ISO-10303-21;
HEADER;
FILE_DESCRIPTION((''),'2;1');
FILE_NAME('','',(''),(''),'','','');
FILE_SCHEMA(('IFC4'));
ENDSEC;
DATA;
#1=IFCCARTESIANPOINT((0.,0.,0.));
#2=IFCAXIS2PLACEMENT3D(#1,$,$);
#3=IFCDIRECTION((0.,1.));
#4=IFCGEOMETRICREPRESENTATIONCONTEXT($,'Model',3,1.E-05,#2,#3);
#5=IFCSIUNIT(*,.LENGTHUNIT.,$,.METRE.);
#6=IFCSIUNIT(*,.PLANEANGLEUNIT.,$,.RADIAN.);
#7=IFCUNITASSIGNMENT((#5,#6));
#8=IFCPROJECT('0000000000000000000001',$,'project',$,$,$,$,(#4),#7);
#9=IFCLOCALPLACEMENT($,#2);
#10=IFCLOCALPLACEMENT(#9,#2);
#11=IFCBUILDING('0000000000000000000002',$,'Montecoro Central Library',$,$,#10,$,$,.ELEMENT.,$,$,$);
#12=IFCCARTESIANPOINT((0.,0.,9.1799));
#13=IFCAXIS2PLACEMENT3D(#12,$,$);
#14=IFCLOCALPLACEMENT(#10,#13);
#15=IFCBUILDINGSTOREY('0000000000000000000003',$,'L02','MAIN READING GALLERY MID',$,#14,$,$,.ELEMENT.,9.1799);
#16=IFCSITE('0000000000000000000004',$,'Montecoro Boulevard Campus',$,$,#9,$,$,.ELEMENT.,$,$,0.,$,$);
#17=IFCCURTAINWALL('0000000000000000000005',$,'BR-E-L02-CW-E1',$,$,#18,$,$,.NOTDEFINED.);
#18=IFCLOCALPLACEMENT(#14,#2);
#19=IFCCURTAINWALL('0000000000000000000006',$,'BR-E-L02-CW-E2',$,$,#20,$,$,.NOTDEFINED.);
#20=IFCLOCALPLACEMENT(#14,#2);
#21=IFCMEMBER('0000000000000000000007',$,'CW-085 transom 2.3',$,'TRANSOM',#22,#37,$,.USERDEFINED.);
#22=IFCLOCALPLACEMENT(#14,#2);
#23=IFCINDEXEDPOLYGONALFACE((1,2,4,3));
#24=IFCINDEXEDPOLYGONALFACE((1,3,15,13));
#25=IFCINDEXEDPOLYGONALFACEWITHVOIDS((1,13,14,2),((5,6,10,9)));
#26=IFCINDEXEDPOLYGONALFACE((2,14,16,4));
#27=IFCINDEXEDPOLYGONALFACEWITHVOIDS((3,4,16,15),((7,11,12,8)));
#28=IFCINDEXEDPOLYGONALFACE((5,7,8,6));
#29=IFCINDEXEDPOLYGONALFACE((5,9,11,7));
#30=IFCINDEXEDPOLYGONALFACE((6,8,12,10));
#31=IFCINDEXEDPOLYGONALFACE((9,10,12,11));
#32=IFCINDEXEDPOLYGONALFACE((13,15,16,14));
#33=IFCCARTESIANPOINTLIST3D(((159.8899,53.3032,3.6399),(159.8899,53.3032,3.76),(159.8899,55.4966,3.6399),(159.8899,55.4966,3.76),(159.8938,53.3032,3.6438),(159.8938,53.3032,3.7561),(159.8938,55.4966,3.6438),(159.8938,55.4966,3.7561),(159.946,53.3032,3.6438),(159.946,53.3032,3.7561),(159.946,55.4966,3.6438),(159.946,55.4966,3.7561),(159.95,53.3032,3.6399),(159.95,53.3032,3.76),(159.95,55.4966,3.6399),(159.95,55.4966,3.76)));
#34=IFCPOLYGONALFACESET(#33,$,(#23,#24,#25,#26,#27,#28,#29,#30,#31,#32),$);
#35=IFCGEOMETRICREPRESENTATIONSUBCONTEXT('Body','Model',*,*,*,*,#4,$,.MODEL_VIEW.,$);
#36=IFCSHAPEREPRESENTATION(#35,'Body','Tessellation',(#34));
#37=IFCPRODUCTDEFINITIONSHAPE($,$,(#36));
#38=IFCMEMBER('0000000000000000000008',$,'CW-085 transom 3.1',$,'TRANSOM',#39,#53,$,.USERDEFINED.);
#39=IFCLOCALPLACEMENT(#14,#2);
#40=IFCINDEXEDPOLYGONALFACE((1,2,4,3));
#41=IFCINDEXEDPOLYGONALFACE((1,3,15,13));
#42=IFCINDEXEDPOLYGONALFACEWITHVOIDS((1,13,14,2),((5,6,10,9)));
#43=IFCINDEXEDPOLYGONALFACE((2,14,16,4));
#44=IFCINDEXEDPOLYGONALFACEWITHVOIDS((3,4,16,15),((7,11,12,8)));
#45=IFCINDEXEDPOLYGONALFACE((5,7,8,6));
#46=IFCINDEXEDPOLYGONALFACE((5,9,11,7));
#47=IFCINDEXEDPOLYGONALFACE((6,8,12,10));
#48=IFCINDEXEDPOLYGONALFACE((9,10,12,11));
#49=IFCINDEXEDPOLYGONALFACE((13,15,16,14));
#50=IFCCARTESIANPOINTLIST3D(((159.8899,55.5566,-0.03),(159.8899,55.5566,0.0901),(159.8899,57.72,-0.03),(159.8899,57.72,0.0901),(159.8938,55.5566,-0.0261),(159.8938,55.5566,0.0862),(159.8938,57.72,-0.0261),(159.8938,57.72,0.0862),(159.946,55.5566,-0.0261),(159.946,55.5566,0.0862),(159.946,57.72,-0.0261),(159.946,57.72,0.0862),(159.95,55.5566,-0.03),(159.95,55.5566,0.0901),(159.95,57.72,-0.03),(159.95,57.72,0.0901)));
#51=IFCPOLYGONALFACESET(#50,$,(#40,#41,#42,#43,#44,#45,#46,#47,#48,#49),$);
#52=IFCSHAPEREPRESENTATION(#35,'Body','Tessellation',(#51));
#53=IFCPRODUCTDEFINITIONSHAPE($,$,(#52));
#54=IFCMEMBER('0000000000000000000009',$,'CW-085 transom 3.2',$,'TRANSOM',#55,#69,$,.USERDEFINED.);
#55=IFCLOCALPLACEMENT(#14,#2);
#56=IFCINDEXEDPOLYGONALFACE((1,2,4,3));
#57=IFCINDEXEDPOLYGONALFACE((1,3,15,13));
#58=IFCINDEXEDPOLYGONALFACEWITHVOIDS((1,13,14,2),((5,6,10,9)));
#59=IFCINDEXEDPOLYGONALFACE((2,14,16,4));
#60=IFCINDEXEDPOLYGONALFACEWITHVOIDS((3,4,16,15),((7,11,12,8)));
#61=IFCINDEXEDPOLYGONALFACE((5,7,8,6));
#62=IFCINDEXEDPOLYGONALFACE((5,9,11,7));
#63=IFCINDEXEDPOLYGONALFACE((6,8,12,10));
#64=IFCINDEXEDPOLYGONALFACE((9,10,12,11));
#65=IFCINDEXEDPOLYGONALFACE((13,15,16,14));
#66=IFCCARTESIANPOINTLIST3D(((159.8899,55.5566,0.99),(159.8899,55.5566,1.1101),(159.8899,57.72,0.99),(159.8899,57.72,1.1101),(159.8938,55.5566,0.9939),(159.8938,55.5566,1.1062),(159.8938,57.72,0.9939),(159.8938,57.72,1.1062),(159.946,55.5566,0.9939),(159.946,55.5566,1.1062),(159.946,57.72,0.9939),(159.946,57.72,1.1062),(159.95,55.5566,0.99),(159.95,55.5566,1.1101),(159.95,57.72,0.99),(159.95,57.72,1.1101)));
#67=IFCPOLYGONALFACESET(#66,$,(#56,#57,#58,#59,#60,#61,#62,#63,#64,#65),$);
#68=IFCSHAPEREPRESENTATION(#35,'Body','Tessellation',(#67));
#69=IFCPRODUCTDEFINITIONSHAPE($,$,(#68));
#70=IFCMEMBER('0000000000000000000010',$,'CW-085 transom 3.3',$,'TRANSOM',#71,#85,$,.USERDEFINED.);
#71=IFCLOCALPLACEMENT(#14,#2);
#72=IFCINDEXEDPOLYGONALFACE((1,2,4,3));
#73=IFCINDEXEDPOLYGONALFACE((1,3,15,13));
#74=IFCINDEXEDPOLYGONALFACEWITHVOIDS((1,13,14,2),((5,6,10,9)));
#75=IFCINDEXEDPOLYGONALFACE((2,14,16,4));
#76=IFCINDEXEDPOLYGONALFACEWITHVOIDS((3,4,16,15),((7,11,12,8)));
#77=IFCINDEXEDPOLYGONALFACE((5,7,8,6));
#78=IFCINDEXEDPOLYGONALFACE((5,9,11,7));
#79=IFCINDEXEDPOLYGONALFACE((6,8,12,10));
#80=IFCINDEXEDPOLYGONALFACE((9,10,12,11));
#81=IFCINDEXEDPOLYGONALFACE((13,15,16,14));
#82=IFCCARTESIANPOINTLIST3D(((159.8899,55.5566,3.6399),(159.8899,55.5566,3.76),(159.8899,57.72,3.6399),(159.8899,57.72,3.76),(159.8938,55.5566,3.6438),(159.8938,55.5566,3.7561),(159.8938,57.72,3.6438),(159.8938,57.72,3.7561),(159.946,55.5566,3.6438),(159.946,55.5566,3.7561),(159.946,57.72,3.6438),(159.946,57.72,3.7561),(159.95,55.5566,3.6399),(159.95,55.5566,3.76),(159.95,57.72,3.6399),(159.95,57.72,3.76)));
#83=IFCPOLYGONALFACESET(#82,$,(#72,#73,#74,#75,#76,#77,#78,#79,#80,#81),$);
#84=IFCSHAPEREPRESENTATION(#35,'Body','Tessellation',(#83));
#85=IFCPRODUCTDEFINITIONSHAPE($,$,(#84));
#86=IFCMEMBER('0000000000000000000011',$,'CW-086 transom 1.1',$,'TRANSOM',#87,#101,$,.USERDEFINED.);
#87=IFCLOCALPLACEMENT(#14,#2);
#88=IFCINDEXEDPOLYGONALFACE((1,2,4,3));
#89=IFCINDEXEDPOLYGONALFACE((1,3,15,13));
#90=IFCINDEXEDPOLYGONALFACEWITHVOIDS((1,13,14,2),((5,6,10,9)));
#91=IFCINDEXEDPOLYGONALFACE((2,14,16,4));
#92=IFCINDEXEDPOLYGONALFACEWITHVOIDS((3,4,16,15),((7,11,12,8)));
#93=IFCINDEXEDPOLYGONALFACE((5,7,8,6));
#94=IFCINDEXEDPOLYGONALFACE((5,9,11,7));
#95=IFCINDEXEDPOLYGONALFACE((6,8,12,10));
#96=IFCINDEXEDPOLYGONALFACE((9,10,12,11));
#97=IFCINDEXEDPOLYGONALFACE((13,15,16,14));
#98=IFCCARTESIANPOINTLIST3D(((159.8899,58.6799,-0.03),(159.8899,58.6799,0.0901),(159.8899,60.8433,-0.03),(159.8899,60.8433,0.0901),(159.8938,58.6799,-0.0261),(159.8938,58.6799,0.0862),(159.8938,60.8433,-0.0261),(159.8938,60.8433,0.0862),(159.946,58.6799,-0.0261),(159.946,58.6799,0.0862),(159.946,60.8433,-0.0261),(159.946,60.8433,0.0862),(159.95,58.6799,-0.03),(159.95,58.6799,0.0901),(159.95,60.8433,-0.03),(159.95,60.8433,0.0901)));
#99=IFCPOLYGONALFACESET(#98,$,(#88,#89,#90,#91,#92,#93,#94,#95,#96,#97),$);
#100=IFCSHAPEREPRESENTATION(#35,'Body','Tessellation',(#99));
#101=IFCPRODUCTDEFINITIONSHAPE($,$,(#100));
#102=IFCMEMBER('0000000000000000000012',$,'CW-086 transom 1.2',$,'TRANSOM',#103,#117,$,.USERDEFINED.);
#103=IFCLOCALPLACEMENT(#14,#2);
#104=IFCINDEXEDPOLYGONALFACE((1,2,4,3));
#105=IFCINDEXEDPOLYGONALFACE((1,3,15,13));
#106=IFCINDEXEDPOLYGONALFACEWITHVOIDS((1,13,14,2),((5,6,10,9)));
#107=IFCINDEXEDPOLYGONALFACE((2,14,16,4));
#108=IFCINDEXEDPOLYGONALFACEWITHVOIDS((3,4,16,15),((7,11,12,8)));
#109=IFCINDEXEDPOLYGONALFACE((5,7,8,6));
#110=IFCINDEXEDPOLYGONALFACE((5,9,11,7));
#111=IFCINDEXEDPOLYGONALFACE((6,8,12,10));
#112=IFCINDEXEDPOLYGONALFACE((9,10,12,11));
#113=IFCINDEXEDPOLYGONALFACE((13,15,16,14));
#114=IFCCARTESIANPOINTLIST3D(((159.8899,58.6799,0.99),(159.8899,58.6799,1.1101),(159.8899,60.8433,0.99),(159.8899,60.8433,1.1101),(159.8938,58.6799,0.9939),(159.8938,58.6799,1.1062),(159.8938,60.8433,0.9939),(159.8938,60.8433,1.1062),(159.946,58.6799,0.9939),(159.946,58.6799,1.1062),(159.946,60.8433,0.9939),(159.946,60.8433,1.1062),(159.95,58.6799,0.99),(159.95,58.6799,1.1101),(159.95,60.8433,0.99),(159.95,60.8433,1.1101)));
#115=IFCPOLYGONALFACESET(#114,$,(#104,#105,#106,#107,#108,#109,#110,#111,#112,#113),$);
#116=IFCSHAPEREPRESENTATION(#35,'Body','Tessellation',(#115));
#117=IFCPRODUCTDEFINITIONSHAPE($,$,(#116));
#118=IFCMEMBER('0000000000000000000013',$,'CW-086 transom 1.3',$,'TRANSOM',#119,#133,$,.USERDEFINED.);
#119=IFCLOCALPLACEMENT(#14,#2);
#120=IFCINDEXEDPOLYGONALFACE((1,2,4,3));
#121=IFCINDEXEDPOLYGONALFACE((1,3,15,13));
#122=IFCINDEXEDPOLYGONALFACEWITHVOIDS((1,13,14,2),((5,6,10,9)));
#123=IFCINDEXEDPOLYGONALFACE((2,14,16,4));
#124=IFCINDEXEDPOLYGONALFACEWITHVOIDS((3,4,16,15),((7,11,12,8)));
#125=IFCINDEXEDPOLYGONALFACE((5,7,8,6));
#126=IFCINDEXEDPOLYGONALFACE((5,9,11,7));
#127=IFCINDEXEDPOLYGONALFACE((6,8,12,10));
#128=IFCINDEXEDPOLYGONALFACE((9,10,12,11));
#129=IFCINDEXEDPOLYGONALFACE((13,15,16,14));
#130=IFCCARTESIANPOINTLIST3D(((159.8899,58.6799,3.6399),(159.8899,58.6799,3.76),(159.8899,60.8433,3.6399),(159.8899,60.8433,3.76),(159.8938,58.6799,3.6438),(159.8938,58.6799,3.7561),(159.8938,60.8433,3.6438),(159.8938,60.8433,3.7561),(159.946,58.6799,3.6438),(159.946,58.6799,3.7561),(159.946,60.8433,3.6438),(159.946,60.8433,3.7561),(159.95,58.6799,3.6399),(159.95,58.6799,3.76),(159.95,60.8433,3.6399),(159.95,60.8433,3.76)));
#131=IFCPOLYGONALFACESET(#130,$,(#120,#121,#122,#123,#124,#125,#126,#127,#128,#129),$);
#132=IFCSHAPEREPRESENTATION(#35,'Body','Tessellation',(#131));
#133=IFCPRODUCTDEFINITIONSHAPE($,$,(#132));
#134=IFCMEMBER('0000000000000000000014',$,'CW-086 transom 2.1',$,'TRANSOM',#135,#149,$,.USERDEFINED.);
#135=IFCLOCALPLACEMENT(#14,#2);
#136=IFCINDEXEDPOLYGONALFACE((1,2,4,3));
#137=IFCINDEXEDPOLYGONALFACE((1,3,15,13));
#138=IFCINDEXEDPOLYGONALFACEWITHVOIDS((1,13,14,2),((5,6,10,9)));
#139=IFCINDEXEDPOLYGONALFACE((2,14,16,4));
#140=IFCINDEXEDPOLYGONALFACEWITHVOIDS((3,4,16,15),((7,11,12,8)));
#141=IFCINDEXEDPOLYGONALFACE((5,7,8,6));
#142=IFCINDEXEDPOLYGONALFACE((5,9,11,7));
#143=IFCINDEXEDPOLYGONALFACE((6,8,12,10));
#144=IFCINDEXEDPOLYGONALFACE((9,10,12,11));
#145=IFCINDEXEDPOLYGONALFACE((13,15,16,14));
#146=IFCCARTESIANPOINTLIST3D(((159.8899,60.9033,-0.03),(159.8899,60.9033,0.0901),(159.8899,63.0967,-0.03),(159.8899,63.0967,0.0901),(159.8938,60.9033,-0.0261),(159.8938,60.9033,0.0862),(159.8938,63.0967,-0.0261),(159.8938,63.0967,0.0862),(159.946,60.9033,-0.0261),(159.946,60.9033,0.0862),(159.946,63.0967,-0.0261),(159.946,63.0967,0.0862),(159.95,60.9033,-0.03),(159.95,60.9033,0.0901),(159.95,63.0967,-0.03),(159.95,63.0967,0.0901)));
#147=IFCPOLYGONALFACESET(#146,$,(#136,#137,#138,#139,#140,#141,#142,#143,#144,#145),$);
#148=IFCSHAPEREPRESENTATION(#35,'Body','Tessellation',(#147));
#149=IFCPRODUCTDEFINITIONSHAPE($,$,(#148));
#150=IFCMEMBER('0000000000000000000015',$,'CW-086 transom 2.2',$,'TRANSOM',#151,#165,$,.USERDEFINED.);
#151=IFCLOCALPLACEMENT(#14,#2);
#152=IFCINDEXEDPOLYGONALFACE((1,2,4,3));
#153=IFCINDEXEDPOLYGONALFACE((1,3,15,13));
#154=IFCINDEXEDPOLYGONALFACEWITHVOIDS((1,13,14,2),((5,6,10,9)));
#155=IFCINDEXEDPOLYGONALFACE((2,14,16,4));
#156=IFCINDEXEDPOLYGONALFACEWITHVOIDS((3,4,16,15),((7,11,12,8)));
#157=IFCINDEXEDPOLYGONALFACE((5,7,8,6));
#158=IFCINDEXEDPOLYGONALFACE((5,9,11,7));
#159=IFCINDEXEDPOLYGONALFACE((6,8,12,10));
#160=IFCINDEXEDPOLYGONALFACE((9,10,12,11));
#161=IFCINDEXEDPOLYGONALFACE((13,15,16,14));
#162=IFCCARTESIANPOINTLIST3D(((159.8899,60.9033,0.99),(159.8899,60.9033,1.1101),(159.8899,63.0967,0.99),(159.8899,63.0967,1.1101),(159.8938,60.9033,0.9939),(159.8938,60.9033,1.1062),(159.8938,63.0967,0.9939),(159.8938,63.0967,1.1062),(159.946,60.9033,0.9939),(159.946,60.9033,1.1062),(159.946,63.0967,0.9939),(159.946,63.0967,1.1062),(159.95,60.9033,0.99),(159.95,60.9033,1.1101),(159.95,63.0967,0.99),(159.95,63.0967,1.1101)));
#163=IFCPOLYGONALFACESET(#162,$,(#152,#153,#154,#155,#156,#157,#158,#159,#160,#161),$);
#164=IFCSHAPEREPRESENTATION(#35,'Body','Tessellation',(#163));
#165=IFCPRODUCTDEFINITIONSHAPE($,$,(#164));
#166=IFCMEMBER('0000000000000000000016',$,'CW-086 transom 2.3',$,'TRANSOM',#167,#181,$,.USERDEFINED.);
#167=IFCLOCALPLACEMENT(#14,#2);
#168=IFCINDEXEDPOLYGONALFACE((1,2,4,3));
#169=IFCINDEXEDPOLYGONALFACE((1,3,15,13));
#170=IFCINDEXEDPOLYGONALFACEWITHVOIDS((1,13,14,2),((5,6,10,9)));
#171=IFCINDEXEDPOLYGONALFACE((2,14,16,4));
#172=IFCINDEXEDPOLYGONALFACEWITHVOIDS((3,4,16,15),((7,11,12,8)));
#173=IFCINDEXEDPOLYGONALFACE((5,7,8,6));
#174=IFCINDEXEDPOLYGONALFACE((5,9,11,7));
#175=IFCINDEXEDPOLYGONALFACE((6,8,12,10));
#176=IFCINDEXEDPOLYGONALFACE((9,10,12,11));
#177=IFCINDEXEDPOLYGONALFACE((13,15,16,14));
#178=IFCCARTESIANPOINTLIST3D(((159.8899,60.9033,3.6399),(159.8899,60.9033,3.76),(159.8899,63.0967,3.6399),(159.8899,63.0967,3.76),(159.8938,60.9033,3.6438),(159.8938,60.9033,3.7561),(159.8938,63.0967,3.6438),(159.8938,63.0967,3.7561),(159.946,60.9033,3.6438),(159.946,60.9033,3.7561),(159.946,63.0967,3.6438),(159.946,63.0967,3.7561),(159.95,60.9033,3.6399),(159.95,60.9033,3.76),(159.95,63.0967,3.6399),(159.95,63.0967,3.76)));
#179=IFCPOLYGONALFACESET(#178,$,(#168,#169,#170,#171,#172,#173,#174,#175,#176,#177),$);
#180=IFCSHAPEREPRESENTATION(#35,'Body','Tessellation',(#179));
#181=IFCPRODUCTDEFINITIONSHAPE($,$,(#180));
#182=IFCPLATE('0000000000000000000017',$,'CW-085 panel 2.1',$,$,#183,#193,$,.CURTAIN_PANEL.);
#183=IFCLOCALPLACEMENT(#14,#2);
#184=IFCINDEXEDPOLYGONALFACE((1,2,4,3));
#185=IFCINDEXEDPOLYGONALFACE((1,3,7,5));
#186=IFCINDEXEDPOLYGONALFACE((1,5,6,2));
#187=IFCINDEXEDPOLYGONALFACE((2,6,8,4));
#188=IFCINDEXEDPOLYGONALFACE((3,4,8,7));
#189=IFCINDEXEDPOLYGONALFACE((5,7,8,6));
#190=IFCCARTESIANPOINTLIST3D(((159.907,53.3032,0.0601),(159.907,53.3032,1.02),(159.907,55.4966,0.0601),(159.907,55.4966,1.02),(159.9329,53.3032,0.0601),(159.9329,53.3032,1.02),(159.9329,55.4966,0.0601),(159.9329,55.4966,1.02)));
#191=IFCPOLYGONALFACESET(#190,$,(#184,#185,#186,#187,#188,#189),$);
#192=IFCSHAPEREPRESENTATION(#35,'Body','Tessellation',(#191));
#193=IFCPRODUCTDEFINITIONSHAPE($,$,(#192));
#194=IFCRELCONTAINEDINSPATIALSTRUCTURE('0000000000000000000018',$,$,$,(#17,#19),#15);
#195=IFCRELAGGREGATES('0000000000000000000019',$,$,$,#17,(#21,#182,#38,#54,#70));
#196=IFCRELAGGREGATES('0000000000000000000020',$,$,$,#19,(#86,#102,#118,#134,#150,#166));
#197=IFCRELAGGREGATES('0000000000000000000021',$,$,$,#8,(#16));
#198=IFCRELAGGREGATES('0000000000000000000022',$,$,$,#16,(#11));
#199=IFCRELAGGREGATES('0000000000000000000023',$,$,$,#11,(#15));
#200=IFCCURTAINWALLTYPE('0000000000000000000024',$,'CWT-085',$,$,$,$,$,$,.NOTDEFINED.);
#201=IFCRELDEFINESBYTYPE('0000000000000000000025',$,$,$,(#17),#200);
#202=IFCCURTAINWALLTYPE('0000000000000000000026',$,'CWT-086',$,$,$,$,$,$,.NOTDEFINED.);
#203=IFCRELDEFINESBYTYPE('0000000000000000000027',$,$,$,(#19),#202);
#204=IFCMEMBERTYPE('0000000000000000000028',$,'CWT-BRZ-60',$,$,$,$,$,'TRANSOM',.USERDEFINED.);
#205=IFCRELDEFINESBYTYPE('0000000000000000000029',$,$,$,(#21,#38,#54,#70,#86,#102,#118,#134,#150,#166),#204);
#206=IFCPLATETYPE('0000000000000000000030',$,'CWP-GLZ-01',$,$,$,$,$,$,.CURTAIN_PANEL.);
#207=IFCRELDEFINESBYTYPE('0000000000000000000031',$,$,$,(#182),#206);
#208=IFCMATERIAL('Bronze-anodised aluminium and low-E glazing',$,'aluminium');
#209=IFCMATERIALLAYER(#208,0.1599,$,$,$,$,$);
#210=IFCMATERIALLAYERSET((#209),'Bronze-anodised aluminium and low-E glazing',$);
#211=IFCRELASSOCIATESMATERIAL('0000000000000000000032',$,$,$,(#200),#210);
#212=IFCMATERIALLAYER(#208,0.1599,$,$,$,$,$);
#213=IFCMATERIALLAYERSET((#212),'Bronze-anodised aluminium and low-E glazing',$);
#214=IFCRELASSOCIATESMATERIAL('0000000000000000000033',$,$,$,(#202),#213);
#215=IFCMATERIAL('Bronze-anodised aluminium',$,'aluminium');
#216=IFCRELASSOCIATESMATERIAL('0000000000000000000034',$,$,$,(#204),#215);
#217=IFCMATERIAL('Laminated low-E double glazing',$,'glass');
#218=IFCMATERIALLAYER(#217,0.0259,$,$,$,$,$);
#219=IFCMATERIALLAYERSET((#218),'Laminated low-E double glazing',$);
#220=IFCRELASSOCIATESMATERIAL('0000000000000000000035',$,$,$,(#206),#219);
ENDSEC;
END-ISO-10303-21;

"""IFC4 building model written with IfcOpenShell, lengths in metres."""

from ifc_helpers import new_model, si_unit, direction, frame, origin, origin_2d, place, context, subcontext, project, spatial, rectangle, hollow_rectangle, extrude, material, layer, layer_set, material_profile, profile_set, type_object, element, aggregate, save


model = new_model("IFC4")

# Units and contexts
model_context = context("Model", 3, precision=1e-05, world=origin(), true_north=direction((0.0, 1.0)))
body_context = subcontext(model_context, "Body", "Model", "MODEL_VIEW")
ifc_project = project(units=[si_unit("LENGTHUNIT", "METRE"), si_unit("PLANEANGLEUNIT", "RADIAN")], contexts=[model_context])

# Site, building, storey
site_placement = place(None, origin())
site = spatial("IfcSite", under=ifc_project, at=site_placement, Name="Montecoro Boulevard Campus", CompositionType="ELEMENT", RefElevation=0.0)
building_placement = place(site_placement, origin())
building = spatial("IfcBuilding", under=site, at=building_placement, Name="Montecoro Central Library", CompositionType="ELEMENT")
storey_placement = place(building_placement, frame((0.0, 0.0, 9.1799)))
storey = spatial("IfcBuildingStorey", under=building, at=storey_placement, Name="L02", Description="MAIN READING GALLERY MID", CompositionType="ELEMENT", Elevation=9.1799)

# Curtain walls
ifc_material_1 = material(Name="Bronze-anodised aluminium and low-E glazing", Category="aluminium")
ifc_layer_1 = layer(ifc_material_1, 0.1599)
ifc_layer_set_1 = layer_set([ifc_layer_1], Name="Bronze-anodised aluminium and low-E glazing")
curtain_wall_type_1 = type_object("IfcCurtainWallType", Name="CWT-085", PredefinedType="NOTDEFINED", material=ifc_layer_set_1)
curtain_wall_1_placement = place(storey_placement, origin())
curtain_wall_1 = element("IfcCurtainWall", 1, at=curtain_wall_1_placement, inside=storey, type_object=curtain_wall_type_1, Name="BR-E-L02-CW-E1", PredefinedType="NOTDEFINED")
ifc_material_2 = material(Name="Bronze-anodised aluminium", Category="aluminium")
ifc_layer_2 = layer(ifc_material_1, 0.1599)
ifc_layer_set_2 = layer_set([ifc_layer_2], Name="Bronze-anodised aluminium and low-E glazing")
curtain_wall_type_2 = type_object("IfcCurtainWallType", Name="CWT-086", PredefinedType="NOTDEFINED", material=ifc_layer_set_2)
curtain_wall_2_placement = place(storey_placement, origin())
curtain_wall_2 = element("IfcCurtainWall", 2, at=curtain_wall_2_placement, inside=storey, type_object=curtain_wall_type_2, Name="BR-E-L02-CW-E2", PredefinedType="NOTDEFINED")

# Members
ifc_material_profile_1 = material_profile(ifc_material_2, hollow_rectangle(XDim=0.0601, YDim=0.1201, WallThickness=0.0039, at=origin_2d()), Name="CWT 120x60x4.0")
ifc_profile_set_1 = profile_set([ifc_material_profile_1], Name="Bronze-anodised aluminium")
member_type_1 = type_object("IfcMemberType", Name="CWT-BRZ-60", ElementType="TRANSOM", PredefinedType="USERDEFINED", material=ifc_profile_set_1)
member_1_placement = place(storey_placement, frame((159.9199, 53.3032, 3.7), z_axis=(0.0, 1.0, 0.0), x_axis=(-1.0, 0.0, 0.0)))
member_1 = element("IfcMember", 3, at=member_1_placement, type_object=member_type_1, Name="CW-085 transom 2.3", ObjectType="TRANSOM", PredefinedType="USERDEFINED", context=body_context, shape_type="SweptSolid", body=[
    extrude(hollow_rectangle(XDim=0.0601, YDim=0.1201, WallThickness=0.0039, at=origin_2d()), origin(), (0.0, 0.0, 1.0), 2.1934),
])
member_2_placement = place(storey_placement, frame((159.9199, 55.5566, 0.03), z_axis=(0.0, 1.0, 0.0), x_axis=(-1.0, 0.0, 0.0)))
member_2 = element("IfcMember", 4, at=member_2_placement, type_object=member_type_1, Name="CW-085 transom 3.1", ObjectType="TRANSOM", PredefinedType="USERDEFINED", context=body_context, shape_type="SweptSolid", body=[
    extrude(hollow_rectangle(XDim=0.0601, YDim=0.1201, WallThickness=0.0039, at=origin_2d()), origin(), (0.0, 0.0, 1.0), 2.1633),
])
member_3_placement = place(storey_placement, frame((159.9199, 55.5566, 1.05), z_axis=(0.0, 1.0, 0.0), x_axis=(-1.0, 0.0, 0.0)))
member_3 = element("IfcMember", 5, at=member_3_placement, type_object=member_type_1, Name="CW-085 transom 3.2", ObjectType="TRANSOM", PredefinedType="USERDEFINED", context=body_context, shape_type="SweptSolid", body=[
    extrude(hollow_rectangle(XDim=0.0601, YDim=0.1201, WallThickness=0.0039, at=origin_2d()), origin(), (0.0, 0.0, 1.0), 2.1633),
])
member_4_placement = place(storey_placement, frame((159.9199, 55.5566, 3.7), z_axis=(0.0, 1.0, 0.0), x_axis=(-1.0, 0.0, 0.0)))
member_4 = element("IfcMember", 6, at=member_4_placement, type_object=member_type_1, Name="CW-085 transom 3.3", ObjectType="TRANSOM", PredefinedType="USERDEFINED", context=body_context, shape_type="SweptSolid", body=[
    extrude(hollow_rectangle(XDim=0.0601, YDim=0.1201, WallThickness=0.0039, at=origin_2d()), origin(), (0.0, 0.0, 1.0), 2.1633),
])
member_5_placement = place(storey_placement, frame((159.9199, 58.6799, 0.03), z_axis=(0.0, 1.0, 0.0), x_axis=(-1.0, 0.0, 0.0)))
member_5 = element("IfcMember", 7, at=member_5_placement, type_object=member_type_1, Name="CW-086 transom 1.1", ObjectType="TRANSOM", PredefinedType="USERDEFINED", context=body_context, shape_type="SweptSolid", body=[
    extrude(hollow_rectangle(XDim=0.0601, YDim=0.1201, WallThickness=0.0039, at=origin_2d()), origin(), (0.0, 0.0, 1.0), 2.1633),
])
member_6_placement = place(storey_placement, frame((159.9199, 58.6799, 1.05), z_axis=(0.0, 1.0, 0.0), x_axis=(-1.0, 0.0, 0.0)))
member_6 = element("IfcMember", 8, at=member_6_placement, type_object=member_type_1, Name="CW-086 transom 1.2", ObjectType="TRANSOM", PredefinedType="USERDEFINED", context=body_context, shape_type="SweptSolid", body=[
    extrude(hollow_rectangle(XDim=0.0601, YDim=0.1201, WallThickness=0.0039, at=origin_2d()), origin(), (0.0, 0.0, 1.0), 2.1633),
])
member_7_placement = place(storey_placement, frame((159.9199, 58.6799, 3.7), z_axis=(0.0, 1.0, 0.0), x_axis=(-1.0, 0.0, 0.0)))
member_7 = element("IfcMember", 9, at=member_7_placement, type_object=member_type_1, Name="CW-086 transom 1.3", ObjectType="TRANSOM", PredefinedType="USERDEFINED", context=body_context, shape_type="SweptSolid", body=[
    extrude(hollow_rectangle(XDim=0.0601, YDim=0.1201, WallThickness=0.0039, at=origin_2d()), origin(), (0.0, 0.0, 1.0), 2.1633),
])
member_8_placement = place(storey_placement, frame((159.9199, 60.9033, 0.03), z_axis=(0.0, 1.0, 0.0), x_axis=(-1.0, 0.0, 0.0)))
member_8 = element("IfcMember", 10, at=member_8_placement, type_object=member_type_1, Name="CW-086 transom 2.1", ObjectType="TRANSOM", PredefinedType="USERDEFINED", context=body_context, shape_type="SweptSolid", body=[
    extrude(hollow_rectangle(XDim=0.0601, YDim=0.1201, WallThickness=0.0039, at=origin_2d()), origin(), (0.0, 0.0, 1.0), 2.1934),
])
member_9_placement = place(storey_placement, frame((159.9199, 60.9033, 1.05), z_axis=(0.0, 1.0, 0.0), x_axis=(-1.0, 0.0, 0.0)))
member_9 = element("IfcMember", 11, at=member_9_placement, type_object=member_type_1, Name="CW-086 transom 2.2", ObjectType="TRANSOM", PredefinedType="USERDEFINED", context=body_context, shape_type="SweptSolid", body=[
    extrude(hollow_rectangle(XDim=0.0601, YDim=0.1201, WallThickness=0.0039, at=origin_2d()), origin(), (0.0, 0.0, 1.0), 2.1934),
])
member_10_placement = place(storey_placement, frame((159.9199, 60.9033, 3.7), z_axis=(0.0, 1.0, 0.0), x_axis=(-1.0, 0.0, 0.0)))
member_10 = element("IfcMember", 12, at=member_10_placement, type_object=member_type_1, Name="CW-086 transom 2.3", ObjectType="TRANSOM", PredefinedType="USERDEFINED", context=body_context, shape_type="SweptSolid", body=[
    extrude(hollow_rectangle(XDim=0.0601, YDim=0.1201, WallThickness=0.0039, at=origin_2d()), origin(), (0.0, 0.0, 1.0), 2.1934),
])

# Plate
ifc_material_3 = material(Name="Laminated low-E double glazing", Category="glass")
ifc_layer_3 = layer(ifc_material_3, 0.0259)
ifc_layer_set_3 = layer_set([ifc_layer_3], Name="Laminated low-E double glazing")
plate_type = type_object("IfcPlateType", Name="CWP-GLZ-01", PredefinedType="CURTAIN_PANEL", material=ifc_layer_set_3)
plate_1_placement = place(storey_placement, frame((159.9199, 54.3999, 0.0601), z_axis=(0.0, 0.0, 1.0), x_axis=(0.0, 1.0, 0.0)))
plate_1 = element("IfcPlate", 13, at=plate_1_placement, type_object=plate_type, Name="CW-085 panel 2.1", PredefinedType="CURTAIN_PANEL", context=body_context, shape_type="SweptSolid", body=[
    extrude(rectangle(XDim=2.1934, YDim=0.0259, at=origin_2d()), origin(), (0.0, 0.0, 1.0), 0.96),
])
aggregate(curtain_wall_1, [member_1, plate_1, member_2, member_3, member_4])
aggregate(curtain_wall_2, [member_5, member_6, member_7, member_8, member_9, member_10])

save(model, "model.ifc")
